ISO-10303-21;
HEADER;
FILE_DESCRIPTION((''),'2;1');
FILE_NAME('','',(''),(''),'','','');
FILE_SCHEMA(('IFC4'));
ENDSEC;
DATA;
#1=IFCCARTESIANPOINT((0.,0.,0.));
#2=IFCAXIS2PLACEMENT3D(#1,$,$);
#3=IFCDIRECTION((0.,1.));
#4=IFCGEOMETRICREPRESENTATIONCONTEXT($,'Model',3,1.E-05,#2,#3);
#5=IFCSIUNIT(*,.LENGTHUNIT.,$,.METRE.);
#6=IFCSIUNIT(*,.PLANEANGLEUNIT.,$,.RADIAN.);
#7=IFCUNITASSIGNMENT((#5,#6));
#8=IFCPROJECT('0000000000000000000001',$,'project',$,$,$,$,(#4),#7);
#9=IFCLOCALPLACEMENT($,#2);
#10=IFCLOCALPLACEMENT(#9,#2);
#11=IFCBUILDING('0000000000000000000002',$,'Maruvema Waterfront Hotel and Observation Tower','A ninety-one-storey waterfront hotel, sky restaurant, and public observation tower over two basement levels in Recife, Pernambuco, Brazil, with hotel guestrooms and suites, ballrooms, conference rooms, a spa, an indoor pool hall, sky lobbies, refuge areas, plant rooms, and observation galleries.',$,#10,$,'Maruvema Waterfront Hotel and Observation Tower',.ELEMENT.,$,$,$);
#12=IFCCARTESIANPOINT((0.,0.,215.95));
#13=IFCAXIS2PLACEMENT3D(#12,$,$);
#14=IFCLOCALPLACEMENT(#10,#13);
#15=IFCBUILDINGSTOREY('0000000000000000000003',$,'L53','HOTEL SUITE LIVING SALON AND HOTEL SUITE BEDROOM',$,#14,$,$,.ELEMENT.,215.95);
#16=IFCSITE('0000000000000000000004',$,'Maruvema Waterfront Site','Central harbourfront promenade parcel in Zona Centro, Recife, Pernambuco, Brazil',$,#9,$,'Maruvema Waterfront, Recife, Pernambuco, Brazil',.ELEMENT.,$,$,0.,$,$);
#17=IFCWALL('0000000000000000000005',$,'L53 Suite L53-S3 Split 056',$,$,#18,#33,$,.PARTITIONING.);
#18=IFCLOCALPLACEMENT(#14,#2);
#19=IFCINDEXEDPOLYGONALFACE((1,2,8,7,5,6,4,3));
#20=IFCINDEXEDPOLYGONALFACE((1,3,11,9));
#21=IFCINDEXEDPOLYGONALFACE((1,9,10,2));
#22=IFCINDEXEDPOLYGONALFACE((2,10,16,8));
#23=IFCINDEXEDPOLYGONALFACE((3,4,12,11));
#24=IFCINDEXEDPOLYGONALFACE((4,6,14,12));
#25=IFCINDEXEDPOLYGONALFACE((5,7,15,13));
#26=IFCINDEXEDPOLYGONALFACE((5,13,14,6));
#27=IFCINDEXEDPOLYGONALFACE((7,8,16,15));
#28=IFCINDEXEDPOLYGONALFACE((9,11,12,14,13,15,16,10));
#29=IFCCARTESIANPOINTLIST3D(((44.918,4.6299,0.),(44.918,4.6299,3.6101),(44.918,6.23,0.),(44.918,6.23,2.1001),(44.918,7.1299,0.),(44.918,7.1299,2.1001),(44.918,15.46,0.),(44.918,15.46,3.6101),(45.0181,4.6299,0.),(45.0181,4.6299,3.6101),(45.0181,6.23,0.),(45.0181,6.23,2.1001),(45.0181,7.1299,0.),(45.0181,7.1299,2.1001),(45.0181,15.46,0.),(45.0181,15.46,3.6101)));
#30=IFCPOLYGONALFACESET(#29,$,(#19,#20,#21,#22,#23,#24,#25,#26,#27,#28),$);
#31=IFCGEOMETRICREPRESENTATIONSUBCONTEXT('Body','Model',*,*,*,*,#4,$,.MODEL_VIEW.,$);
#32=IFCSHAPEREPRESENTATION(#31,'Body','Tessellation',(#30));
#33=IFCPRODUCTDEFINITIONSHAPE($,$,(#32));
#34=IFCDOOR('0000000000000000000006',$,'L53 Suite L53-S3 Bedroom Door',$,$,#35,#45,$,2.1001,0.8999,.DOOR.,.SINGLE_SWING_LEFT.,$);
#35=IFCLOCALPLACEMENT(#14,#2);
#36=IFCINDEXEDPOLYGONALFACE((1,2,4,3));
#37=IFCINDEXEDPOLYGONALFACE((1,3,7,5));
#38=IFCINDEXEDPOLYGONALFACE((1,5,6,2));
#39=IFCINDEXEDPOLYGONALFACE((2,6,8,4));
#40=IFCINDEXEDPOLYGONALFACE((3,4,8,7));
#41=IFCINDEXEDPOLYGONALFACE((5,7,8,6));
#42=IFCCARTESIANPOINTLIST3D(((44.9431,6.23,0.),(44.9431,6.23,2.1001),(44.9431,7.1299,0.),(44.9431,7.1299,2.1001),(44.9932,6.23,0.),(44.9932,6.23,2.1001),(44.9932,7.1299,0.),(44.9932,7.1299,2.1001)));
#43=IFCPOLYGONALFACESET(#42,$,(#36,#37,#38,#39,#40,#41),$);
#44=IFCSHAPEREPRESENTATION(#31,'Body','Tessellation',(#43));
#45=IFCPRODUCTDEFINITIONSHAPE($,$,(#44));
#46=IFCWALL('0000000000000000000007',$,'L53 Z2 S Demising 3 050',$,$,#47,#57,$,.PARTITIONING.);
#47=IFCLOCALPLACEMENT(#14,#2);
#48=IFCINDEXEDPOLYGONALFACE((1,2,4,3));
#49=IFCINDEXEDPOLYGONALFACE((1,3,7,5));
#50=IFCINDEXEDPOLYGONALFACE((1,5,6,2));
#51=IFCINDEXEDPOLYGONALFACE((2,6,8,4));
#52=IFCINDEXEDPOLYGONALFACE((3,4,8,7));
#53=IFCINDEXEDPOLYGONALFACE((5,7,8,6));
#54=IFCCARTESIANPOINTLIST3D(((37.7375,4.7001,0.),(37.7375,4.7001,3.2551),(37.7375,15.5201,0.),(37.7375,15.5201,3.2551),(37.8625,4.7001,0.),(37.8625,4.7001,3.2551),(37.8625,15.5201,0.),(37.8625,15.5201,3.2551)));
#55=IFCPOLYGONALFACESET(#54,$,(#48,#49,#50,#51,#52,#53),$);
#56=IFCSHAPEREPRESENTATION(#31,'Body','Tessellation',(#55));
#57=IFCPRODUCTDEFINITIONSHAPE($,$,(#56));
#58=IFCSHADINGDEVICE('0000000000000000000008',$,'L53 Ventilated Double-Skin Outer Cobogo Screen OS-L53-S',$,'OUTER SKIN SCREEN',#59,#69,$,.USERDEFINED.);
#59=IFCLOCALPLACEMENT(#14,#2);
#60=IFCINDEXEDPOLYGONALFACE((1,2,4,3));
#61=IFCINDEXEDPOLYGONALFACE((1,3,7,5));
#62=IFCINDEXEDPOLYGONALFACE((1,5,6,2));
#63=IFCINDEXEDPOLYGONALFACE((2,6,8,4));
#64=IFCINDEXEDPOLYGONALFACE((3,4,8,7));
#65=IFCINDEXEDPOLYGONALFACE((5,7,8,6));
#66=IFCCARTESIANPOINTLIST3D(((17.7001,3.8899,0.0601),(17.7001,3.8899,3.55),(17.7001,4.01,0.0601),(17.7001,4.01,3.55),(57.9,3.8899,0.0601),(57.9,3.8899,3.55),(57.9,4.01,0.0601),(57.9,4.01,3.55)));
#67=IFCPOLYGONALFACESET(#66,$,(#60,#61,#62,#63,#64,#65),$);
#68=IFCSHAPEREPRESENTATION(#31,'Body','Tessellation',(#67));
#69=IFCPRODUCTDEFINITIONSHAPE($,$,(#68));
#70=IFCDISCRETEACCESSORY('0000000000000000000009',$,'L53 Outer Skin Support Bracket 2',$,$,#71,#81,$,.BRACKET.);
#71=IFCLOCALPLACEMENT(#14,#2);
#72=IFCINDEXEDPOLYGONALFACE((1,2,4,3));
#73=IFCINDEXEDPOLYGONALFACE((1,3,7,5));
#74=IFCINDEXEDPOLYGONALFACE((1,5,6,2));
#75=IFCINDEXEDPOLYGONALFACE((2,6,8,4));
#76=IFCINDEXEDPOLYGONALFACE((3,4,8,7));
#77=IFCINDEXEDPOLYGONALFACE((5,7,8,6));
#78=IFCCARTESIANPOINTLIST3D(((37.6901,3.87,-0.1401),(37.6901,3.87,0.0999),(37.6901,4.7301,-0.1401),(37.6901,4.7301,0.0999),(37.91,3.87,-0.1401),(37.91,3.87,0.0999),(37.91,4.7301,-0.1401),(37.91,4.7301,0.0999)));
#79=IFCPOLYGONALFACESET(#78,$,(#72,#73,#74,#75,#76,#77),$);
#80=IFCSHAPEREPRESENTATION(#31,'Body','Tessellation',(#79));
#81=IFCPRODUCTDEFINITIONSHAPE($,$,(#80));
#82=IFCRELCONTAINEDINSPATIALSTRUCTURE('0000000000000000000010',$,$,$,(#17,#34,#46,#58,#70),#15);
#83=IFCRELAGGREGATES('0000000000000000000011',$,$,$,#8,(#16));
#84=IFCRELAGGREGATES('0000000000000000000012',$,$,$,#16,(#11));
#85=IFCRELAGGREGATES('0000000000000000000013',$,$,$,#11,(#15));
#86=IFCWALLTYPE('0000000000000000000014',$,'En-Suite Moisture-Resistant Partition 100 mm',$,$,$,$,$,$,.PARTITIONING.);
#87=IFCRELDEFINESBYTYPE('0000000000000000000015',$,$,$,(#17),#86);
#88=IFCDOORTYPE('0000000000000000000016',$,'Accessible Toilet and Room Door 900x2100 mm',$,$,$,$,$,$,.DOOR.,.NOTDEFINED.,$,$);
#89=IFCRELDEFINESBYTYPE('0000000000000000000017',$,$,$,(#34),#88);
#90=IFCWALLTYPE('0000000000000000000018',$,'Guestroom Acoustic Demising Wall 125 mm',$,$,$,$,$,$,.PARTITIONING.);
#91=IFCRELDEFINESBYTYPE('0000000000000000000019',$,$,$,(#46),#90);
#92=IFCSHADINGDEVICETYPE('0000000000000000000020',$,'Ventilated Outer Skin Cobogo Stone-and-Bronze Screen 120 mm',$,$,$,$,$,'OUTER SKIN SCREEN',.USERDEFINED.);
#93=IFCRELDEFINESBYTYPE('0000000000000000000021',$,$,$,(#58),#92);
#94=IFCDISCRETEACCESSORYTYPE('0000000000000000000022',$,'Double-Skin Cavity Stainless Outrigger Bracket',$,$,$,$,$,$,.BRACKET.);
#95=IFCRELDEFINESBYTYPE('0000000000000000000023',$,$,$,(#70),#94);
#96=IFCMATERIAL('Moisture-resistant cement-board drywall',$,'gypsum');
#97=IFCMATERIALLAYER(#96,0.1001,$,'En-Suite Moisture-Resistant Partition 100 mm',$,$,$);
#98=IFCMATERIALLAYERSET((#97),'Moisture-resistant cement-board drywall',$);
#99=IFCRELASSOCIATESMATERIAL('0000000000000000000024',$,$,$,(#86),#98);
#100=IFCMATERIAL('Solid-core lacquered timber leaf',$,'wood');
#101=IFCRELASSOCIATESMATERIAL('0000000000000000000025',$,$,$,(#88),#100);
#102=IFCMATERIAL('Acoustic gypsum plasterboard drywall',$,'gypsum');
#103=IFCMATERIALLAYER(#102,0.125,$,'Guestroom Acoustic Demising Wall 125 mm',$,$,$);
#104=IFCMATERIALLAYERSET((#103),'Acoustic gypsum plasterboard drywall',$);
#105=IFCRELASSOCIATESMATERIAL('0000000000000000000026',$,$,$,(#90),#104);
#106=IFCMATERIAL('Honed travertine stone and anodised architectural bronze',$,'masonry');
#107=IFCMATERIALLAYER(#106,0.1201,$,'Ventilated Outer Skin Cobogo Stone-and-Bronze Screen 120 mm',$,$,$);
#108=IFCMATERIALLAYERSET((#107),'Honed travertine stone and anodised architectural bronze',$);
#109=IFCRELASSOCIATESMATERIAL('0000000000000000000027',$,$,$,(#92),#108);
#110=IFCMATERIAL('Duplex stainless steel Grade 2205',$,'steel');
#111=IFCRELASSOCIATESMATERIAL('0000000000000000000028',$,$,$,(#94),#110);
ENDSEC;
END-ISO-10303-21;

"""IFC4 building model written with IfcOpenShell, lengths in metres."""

from ifc_helpers import new_model, si_unit, direction, frame, frame_2d, origin, origin_2d, place, context, subcontext, project, spatial, rectangle, extrude, material, layer, layer_set, type_object, element, fill, save


model = new_model("IFC4")

# Units and contexts
model_context = context("Model", 3, precision=1e-05, world=origin(), true_north=direction((0.0, 1.0)))
body_context = subcontext(model_context, "Body", "Model", "MODEL_VIEW")
ifc_project = project(units=[si_unit("LENGTHUNIT", "METRE"), si_unit("PLANEANGLEUNIT", "RADIAN")], contexts=[model_context])

# Site, building, storey
site_placement = place(None, origin())
site = spatial("IfcSite", under=ifc_project, at=site_placement, Name="Maruvema Waterfront Site", Description="Central harbourfront promenade parcel in Zona Centro, Recife, Pernambuco, Brazil", LongName="Maruvema Waterfront, Recife, Pernambuco, Brazil", CompositionType="ELEMENT", RefElevation=0.0)
building_placement = place(site_placement, origin())
building = spatial("IfcBuilding", under=site, at=building_placement, Name="Maruvema Waterfront Hotel and Observation Tower", Description="A ninety-one-storey waterfront hotel, sky restaurant, and public observation tower over two basement levels in Recife, Pernambuco, Brazil, with hotel guestrooms and suites, ballrooms, conference rooms, a spa, an indoor pool hall, sky lobbies, refuge areas, plant rooms, and observation galleries.", LongName="Maruvema Waterfront Hotel and Observation Tower", CompositionType="ELEMENT")
storey_placement = place(building_placement, frame((0.0, 0.0, 215.95)))
storey = spatial("IfcBuildingStorey", under=building, at=storey_placement, Name="L53", Description="HOTEL SUITE LIVING SALON AND HOTEL SUITE BEDROOM", CompositionType="ELEMENT", Elevation=215.95)

# Shared definitions
ifc_material_1 = material(Name="Moisture-resistant cement-board drywall", Category="gypsum")
ifc_layer_1 = layer(ifc_material_1, 0.1001, Name="En-Suite Moisture-Resistant Partition 100 mm")
ifc_layer_set_1 = layer_set([ifc_layer_1], Name="Moisture-resistant cement-board drywall")
wall_type_1 = type_object("IfcWallType", Name="En-Suite Moisture-Resistant Partition 100 mm", PredefinedType="PARTITIONING", material=ifc_layer_set_1)

# Wall, opening, door
wall_1_placement = place(storey_placement, frame((44.968, 4.6299, 0.0), z_axis=(0.0, 0.0, 1.0), x_axis=(0.0, 1.0, 0.0)))
wall_1 = element("IfcWall", 1, at=wall_1_placement, inside=storey, type_object=wall_type_1, Name="L53 Suite L53-S3 Split 056", PredefinedType="PARTITIONING", context=body_context, shape_type="SweptSolid", body=[
    extrude(rectangle(XDim=10.8301, YDim=0.1001, at=frame_2d((5.415, 0.0))), origin(), (0.0, 0.0, 1.0), 3.6101),
])
opening_1_placement = place(wall_1_placement, frame((1.6001, 0.0, 0.0)))
opening_1 = element("IfcOpeningElement", 2, at=opening_1_placement, cuts=wall_1, PredefinedType="OPENING", context=body_context, shape_type="SweptSolid", body=[
    extrude(rectangle(XDim=0.8999, YDim=2.1001, at=frame_2d((0.45, 1.05))), frame((0.0, 0.0601, 0.0), z_axis=(0.0, -1.0, 0.0), x_axis=(1.0, 0.0, 0.0)), (0.0, 0.0, 1.0), 0.1201),
])
ifc_material_2 = material(Name="Solid-core lacquered timber leaf", Category="wood")
door_type_1 = type_object("IfcDoorType", Name="Accessible Toilet and Room Door 900x2100 mm", OperationType="NOTDEFINED", PredefinedType="DOOR", material=ifc_material_2)
door_1_placement = place(opening_1_placement, origin())
door_1 = element("IfcDoor", 3, at=door_1_placement, inside=storey, type_object=door_type_1, Name="L53 Suite L53-S3 Bedroom Door", OperationType="SINGLE_SWING_LEFT", OverallHeight=2.1001, OverallWidth=0.8999, PredefinedType="DOOR", context=body_context, shape_type="SweptSolid", body=[
    extrude(rectangle(XDim=0.8999, YDim=2.1001, at=frame_2d((0.45, 1.05))), frame((0.0, 0.0249, 0.0), z_axis=(0.0, -1.0, 0.0), x_axis=(1.0, 0.0, 0.0)), (0.0, 0.0, 1.0), 0.05),
])
fill(opening_1, door_1)

# Wall
ifc_material_3 = material(Name="Acoustic gypsum plasterboard drywall", Category="gypsum")
ifc_layer_2 = layer(ifc_material_3, 0.125, Name="Guestroom Acoustic Demising Wall 125 mm")
ifc_layer_set_2 = layer_set([ifc_layer_2], Name="Acoustic gypsum plasterboard drywall")
wall_type_2 = type_object("IfcWallType", Name="Guestroom Acoustic Demising Wall 125 mm", PredefinedType="PARTITIONING", material=ifc_layer_set_2)
wall_2_placement = place(storey_placement, frame((37.8, 4.7, 0.0), z_axis=(0.0, 0.0, 1.0), x_axis=(0.0, 1.0, 0.0)))
element("IfcWall", 4, at=wall_2_placement, inside=storey, type_object=wall_type_2, Name="L53 Z2 S Demising 3 050", PredefinedType="PARTITIONING", context=body_context, shape_type="SweptSolid", body=[
    extrude(rectangle(XDim=10.8201, YDim=0.125, at=frame_2d((5.4102, 0.0))), origin(), (0.0, 0.0, 1.0), 3.2551),
])

# Shading device
ifc_material_4 = material(Name="Honed travertine stone and anodised architectural bronze", Category="masonry")
ifc_layer_3 = layer(ifc_material_4, 0.1201, Name="Ventilated Outer Skin Cobogo Stone-and-Bronze Screen 120 mm")
ifc_layer_set_3 = layer_set([ifc_layer_3], Name="Honed travertine stone and anodised architectural bronze")
shading_device_type = type_object("IfcShadingDeviceType", Name="Ventilated Outer Skin Cobogo Stone-and-Bronze Screen 120 mm", ElementType="OUTER SKIN SCREEN", PredefinedType="USERDEFINED", material=ifc_layer_set_3)
shading_device_placement = place(storey_placement, frame((37.8, 3.95, 0.0601), z_axis=(0.0, 0.0, 1.0), x_axis=(1.0, 0.0, 0.0)))
element("IfcShadingDevice", 5, at=shading_device_placement, inside=storey, type_object=shading_device_type, Name="L53 Ventilated Double-Skin Outer Cobogo Screen OS-L53-S", ObjectType="OUTER SKIN SCREEN", PredefinedType="USERDEFINED", context=body_context, shape_type="SweptSolid", body=[
    extrude(rectangle(XDim=40.2, YDim=0.1201, at=origin_2d()), origin(), (0.0, 0.0, 1.0), 3.49),
])

# Discrete accessory
ifc_material_5 = material(Name="Duplex stainless steel Grade 2205", Category="steel")
discrete_accessory_type = type_object("IfcDiscreteAccessoryType", Name="Double-Skin Cavity Stainless Outrigger Bracket", PredefinedType="BRACKET", material=ifc_material_5)
discrete_accessory_placement = place(storey_placement, frame((37.8, 4.3, -0.1401), z_axis=(0.0, 0.0, 1.0), x_axis=(1.0, 0.0, 0.0)))
element("IfcDiscreteAccessory", 6, at=discrete_accessory_placement, inside=storey, type_object=discrete_accessory_type, Name="L53 Outer Skin Support Bracket 2", PredefinedType="BRACKET", context=body_context, shape_type="SweptSolid", body=[
    extrude(rectangle(XDim=0.22, YDim=0.8601, at=origin_2d()), origin(), (0.0, 0.0, 1.0), 0.24),
])

save(model, "model.ifc")
